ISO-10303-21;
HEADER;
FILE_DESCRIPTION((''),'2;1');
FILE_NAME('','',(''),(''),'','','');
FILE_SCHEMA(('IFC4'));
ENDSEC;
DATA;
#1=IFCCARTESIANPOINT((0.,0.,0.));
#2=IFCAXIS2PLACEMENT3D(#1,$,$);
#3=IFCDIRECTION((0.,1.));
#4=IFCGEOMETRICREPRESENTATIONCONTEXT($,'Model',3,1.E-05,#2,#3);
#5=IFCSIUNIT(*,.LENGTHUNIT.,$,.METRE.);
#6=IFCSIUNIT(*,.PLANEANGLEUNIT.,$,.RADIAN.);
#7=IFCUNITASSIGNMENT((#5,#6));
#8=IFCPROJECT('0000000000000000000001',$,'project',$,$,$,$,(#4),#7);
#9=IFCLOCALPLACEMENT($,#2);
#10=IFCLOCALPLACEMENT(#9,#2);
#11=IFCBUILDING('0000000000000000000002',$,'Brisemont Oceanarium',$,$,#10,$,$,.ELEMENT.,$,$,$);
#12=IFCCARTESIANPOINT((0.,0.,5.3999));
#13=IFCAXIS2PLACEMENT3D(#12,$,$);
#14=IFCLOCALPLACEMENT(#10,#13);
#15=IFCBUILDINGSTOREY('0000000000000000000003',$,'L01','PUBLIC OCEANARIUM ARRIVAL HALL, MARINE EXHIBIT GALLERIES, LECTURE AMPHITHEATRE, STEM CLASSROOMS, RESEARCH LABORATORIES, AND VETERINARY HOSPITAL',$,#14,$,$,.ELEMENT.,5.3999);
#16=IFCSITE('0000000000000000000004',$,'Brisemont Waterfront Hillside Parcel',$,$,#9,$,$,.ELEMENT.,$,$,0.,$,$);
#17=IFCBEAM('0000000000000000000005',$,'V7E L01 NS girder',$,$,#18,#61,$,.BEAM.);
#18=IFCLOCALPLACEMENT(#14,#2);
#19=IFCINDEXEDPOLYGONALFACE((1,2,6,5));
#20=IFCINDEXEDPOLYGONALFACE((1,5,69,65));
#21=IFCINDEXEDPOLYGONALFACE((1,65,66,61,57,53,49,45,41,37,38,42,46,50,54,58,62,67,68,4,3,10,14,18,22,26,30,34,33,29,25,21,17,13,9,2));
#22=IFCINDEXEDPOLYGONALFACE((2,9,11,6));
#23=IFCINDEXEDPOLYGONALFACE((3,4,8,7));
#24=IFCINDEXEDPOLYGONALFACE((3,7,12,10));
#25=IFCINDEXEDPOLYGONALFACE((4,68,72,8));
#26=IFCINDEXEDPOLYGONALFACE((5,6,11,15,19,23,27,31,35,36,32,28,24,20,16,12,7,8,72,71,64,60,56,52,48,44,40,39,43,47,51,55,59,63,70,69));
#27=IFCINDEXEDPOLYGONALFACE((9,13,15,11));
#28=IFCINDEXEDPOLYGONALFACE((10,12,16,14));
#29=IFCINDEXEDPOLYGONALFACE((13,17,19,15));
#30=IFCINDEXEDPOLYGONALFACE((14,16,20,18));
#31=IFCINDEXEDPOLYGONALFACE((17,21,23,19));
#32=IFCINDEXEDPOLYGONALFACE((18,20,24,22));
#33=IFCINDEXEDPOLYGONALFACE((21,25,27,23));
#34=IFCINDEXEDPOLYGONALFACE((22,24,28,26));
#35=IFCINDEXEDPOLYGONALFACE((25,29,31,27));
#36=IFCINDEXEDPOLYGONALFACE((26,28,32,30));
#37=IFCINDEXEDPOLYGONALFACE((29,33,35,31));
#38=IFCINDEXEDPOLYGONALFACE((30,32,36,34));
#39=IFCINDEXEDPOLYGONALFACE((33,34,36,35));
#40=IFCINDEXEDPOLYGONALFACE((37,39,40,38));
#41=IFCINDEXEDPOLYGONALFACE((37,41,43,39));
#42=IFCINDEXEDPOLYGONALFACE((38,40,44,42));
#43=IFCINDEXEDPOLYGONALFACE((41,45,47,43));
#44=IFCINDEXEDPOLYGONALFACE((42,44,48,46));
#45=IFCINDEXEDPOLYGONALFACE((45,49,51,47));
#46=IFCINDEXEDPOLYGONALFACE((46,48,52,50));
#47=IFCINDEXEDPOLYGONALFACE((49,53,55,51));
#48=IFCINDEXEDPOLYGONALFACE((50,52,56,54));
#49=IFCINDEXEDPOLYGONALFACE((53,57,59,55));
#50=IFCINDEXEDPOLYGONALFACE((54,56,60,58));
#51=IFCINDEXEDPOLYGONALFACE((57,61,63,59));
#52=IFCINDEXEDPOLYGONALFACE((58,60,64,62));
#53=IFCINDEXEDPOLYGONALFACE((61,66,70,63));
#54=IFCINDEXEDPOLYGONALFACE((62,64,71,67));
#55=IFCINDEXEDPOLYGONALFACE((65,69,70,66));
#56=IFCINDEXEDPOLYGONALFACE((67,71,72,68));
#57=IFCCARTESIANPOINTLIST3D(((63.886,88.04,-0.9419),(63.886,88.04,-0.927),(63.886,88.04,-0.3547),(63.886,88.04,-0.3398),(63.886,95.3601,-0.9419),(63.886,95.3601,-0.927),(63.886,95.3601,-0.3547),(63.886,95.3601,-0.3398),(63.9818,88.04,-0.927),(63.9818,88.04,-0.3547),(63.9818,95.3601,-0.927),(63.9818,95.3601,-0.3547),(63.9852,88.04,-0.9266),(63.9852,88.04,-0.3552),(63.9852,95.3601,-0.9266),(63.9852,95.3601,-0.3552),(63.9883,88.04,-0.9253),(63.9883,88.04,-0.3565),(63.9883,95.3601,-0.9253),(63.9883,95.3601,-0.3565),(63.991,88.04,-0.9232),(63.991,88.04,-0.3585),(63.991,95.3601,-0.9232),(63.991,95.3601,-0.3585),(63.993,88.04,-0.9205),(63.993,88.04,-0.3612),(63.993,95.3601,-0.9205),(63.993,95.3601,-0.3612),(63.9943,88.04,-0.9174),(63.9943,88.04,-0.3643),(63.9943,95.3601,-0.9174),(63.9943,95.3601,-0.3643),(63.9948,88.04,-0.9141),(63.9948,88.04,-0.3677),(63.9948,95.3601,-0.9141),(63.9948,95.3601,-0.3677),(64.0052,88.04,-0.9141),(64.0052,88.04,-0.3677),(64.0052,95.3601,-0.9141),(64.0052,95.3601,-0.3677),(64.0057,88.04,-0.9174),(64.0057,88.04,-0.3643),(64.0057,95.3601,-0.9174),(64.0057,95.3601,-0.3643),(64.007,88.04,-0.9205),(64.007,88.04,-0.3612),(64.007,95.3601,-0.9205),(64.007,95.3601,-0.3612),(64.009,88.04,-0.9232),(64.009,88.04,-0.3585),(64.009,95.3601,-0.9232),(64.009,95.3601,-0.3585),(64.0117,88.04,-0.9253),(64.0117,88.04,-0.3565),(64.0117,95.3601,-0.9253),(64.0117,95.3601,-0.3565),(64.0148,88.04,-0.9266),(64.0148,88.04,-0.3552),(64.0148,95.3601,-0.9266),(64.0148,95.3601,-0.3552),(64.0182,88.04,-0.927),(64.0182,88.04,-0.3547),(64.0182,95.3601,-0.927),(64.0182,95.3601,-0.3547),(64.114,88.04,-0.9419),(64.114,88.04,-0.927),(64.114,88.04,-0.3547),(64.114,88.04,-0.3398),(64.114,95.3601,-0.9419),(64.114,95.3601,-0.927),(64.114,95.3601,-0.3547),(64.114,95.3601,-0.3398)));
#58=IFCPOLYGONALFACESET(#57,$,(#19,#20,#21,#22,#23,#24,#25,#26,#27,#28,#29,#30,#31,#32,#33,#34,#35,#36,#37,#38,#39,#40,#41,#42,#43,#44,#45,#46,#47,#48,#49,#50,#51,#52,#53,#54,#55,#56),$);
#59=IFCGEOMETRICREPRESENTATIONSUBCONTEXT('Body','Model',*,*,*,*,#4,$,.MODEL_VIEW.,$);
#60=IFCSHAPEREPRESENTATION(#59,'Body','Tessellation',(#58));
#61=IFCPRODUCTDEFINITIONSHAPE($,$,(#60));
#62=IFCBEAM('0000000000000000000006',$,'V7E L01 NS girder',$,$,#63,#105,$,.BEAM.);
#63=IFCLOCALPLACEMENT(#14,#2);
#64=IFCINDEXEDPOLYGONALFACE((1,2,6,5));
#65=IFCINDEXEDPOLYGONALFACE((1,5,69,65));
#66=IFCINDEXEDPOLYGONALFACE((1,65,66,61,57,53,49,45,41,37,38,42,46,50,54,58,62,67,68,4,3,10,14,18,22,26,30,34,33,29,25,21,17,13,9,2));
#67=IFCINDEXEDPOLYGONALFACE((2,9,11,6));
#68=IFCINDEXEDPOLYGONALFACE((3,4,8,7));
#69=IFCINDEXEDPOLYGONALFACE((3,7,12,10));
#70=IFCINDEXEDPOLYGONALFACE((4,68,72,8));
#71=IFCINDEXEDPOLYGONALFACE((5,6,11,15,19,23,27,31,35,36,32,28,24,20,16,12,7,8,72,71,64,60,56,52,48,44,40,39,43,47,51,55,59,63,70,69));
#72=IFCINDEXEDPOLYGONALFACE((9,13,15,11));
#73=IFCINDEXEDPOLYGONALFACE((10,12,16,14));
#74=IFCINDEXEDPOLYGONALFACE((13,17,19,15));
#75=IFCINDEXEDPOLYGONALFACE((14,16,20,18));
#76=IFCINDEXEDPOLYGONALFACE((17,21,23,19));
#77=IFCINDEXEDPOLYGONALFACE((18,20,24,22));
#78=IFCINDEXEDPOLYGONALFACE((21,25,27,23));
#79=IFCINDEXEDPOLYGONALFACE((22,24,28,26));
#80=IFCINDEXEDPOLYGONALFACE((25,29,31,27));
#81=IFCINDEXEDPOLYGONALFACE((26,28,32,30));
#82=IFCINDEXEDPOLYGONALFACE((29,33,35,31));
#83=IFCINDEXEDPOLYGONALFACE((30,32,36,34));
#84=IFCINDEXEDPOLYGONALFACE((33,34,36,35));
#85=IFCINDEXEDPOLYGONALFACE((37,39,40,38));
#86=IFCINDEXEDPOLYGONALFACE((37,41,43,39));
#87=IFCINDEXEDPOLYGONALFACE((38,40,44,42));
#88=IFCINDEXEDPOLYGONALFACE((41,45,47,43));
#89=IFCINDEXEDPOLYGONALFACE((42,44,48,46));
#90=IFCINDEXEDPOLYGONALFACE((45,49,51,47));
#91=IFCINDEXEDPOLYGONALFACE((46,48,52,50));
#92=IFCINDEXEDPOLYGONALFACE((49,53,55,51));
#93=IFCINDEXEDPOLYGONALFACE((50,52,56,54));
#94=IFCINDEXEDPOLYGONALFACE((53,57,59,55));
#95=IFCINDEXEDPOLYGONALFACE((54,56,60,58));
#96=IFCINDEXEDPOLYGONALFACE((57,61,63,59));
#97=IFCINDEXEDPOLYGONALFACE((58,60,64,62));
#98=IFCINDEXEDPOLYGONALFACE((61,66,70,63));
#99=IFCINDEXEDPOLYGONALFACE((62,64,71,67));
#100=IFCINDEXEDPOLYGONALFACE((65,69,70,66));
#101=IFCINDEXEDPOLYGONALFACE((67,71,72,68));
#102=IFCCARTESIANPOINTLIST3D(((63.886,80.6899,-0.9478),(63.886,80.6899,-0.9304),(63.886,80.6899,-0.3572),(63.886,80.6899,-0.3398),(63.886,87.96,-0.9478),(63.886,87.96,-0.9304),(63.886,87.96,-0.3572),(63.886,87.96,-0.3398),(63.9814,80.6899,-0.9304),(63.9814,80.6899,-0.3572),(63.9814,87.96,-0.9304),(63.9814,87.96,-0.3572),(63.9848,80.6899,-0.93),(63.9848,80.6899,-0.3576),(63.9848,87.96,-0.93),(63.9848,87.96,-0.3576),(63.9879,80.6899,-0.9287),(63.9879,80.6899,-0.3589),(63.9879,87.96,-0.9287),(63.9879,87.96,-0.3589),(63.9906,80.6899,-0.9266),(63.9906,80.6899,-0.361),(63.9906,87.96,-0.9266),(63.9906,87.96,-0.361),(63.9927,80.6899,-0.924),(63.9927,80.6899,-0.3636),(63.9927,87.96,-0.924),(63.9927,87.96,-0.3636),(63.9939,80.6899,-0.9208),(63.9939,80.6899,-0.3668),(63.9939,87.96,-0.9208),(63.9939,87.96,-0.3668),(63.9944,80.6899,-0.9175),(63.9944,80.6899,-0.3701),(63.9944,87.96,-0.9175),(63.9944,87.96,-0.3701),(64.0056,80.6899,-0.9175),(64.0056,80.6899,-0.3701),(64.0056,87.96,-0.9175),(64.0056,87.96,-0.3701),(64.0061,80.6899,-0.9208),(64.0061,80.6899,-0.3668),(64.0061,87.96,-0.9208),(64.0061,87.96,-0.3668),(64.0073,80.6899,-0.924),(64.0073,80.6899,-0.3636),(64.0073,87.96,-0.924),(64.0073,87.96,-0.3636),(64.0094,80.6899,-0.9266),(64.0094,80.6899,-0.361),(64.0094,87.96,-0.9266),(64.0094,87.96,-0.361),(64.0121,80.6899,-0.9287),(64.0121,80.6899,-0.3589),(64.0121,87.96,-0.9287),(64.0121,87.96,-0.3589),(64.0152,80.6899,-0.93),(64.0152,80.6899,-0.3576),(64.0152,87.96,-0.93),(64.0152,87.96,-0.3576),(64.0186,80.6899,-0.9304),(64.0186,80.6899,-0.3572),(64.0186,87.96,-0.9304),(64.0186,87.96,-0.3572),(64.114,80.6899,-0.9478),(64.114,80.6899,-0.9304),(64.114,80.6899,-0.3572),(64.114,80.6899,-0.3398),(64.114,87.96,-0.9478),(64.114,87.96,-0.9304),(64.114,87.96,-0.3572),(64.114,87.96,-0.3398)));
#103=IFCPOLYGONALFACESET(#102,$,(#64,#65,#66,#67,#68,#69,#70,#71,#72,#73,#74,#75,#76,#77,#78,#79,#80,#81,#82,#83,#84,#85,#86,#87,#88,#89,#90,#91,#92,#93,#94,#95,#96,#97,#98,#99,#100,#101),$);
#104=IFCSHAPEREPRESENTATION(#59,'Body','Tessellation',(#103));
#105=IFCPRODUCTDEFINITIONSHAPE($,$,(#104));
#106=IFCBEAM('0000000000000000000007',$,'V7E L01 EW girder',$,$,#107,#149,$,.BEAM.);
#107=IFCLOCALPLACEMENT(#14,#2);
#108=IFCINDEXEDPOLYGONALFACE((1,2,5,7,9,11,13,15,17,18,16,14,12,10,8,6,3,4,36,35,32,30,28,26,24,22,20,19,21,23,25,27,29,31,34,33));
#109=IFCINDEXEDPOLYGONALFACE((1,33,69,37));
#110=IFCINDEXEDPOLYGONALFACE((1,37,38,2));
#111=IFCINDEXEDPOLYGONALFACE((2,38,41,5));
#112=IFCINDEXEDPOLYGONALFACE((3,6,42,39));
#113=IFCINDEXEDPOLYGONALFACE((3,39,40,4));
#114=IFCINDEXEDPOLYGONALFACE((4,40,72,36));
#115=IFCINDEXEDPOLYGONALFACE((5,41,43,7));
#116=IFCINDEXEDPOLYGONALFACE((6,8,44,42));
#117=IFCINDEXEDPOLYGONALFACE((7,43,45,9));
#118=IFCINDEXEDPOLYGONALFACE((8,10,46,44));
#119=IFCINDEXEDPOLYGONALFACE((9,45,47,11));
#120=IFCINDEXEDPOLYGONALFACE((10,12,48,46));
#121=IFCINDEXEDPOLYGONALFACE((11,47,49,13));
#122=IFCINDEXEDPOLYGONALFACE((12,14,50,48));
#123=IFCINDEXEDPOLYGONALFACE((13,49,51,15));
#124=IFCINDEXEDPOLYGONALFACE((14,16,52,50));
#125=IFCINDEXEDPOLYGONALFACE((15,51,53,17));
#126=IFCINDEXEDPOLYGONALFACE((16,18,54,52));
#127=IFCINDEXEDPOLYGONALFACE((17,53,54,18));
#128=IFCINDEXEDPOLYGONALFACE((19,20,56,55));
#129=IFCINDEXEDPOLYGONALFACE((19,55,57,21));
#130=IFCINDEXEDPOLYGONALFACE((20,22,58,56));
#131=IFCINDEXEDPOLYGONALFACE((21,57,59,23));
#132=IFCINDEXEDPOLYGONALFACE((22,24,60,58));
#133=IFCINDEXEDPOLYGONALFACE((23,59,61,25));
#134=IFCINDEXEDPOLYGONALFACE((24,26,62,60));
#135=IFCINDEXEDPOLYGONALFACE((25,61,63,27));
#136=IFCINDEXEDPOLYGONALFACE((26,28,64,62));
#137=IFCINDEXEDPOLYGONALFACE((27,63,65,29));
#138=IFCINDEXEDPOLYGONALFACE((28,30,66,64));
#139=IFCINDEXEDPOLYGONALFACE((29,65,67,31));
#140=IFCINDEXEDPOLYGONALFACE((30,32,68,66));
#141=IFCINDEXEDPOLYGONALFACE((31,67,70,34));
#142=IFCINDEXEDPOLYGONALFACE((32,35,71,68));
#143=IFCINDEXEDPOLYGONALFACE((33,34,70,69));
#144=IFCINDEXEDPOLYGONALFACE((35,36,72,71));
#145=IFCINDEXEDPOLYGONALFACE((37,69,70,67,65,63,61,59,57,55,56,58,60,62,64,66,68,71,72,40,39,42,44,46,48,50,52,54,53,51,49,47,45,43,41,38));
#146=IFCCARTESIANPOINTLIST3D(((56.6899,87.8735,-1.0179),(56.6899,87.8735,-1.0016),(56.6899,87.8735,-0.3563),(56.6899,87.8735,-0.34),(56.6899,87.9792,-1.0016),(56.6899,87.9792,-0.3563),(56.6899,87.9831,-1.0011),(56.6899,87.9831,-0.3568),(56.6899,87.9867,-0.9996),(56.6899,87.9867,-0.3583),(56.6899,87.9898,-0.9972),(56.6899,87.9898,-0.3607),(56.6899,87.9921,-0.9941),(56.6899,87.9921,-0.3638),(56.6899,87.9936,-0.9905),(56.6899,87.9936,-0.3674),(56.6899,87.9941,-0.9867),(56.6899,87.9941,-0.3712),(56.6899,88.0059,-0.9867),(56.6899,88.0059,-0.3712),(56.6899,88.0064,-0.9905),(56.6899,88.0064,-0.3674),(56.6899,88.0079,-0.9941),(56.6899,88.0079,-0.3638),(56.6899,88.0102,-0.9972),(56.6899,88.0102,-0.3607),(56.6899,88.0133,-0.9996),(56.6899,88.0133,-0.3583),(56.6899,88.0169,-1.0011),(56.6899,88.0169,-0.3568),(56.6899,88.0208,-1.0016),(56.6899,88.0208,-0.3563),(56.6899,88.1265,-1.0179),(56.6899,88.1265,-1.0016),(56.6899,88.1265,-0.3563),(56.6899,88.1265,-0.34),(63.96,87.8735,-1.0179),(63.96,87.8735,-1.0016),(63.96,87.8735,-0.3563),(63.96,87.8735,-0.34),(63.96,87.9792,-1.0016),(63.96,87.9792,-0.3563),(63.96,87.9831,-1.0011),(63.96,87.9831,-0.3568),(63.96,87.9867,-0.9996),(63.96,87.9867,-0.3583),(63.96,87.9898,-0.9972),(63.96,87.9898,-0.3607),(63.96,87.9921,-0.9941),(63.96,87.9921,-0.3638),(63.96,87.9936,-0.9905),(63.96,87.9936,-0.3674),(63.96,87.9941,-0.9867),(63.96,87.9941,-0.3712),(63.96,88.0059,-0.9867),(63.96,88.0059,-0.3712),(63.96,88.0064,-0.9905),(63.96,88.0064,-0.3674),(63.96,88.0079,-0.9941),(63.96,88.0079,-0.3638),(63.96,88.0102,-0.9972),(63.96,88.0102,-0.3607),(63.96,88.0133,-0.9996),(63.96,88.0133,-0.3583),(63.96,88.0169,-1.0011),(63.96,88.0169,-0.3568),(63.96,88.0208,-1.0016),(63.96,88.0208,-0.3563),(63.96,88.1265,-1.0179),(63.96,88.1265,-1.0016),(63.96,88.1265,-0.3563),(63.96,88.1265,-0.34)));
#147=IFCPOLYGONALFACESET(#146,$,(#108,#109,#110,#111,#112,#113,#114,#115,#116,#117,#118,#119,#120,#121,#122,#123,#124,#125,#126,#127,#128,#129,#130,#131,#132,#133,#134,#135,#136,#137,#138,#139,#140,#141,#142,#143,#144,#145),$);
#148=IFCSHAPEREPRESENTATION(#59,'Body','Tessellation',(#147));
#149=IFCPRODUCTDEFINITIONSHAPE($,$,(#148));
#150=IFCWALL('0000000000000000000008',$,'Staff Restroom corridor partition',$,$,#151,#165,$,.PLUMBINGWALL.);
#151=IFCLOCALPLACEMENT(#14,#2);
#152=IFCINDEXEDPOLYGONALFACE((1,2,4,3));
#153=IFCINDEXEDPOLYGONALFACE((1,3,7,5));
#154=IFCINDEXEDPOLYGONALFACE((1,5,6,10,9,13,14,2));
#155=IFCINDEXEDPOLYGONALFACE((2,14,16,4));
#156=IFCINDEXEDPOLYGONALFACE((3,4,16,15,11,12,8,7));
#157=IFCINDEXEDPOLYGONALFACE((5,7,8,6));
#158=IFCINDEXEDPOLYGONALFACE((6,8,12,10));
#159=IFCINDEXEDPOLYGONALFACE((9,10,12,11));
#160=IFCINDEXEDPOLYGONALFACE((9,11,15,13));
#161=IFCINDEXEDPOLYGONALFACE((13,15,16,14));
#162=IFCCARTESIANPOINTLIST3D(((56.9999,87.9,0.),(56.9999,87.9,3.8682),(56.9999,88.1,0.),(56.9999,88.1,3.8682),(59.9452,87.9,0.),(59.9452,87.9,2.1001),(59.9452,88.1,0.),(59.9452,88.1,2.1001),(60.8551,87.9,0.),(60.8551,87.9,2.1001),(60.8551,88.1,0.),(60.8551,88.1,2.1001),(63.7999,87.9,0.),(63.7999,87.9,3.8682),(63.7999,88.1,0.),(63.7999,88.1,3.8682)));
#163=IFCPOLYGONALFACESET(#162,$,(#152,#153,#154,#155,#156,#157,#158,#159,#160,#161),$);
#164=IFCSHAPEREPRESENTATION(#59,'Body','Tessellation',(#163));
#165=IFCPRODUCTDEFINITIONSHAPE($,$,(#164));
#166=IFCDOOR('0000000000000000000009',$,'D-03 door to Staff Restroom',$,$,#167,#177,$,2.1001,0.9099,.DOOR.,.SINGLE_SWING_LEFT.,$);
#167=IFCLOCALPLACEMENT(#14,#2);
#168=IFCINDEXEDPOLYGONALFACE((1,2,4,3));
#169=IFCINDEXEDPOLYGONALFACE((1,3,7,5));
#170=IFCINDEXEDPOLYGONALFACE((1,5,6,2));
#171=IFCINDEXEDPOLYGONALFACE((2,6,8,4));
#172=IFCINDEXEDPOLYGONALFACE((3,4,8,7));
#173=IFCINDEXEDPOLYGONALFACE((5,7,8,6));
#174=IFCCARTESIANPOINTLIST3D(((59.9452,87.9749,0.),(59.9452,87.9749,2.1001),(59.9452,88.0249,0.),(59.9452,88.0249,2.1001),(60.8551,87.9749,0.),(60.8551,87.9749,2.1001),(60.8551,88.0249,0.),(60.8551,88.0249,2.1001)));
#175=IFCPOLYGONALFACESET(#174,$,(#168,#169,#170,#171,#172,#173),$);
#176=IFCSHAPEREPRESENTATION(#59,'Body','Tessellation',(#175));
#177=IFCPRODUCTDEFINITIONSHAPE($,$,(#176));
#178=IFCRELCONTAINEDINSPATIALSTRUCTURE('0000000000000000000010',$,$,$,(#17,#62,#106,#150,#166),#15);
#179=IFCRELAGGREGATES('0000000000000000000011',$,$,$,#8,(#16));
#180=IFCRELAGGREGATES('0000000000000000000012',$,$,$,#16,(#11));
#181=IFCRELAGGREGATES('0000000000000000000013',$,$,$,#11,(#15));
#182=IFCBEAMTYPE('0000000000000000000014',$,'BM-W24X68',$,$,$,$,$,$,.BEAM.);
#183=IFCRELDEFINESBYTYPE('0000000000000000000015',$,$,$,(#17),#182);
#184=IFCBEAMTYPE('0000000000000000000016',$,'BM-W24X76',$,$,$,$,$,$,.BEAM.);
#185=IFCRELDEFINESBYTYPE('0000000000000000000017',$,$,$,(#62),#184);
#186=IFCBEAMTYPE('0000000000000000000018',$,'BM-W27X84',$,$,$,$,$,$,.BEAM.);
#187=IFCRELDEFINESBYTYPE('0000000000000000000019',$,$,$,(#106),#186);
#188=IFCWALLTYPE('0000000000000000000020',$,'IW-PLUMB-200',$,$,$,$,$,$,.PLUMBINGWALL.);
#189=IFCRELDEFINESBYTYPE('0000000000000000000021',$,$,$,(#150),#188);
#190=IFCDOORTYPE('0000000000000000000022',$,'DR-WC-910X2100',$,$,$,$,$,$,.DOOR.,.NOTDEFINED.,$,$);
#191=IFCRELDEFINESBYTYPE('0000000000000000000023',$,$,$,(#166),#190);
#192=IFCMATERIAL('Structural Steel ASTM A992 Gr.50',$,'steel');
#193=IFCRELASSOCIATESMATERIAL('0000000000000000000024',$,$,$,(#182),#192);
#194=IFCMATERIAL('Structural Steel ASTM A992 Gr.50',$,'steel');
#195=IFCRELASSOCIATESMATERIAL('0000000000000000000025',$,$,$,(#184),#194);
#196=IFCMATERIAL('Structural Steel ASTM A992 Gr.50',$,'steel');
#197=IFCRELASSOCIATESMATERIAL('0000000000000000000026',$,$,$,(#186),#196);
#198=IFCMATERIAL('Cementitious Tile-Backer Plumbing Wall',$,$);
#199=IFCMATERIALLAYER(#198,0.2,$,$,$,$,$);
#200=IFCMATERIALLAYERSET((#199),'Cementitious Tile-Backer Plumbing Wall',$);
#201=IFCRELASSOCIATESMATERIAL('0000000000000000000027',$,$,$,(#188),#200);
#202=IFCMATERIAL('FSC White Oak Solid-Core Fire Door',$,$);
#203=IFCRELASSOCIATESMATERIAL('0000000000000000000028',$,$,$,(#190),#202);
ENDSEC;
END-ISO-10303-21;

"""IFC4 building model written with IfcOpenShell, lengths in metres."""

from ifc_helpers import new_model, si_unit, direction, frame, frame_2d, origin, origin_2d, place, context, subcontext, project, spatial, rectangle, i_section, extrude, material, layer, layer_set, material_profile, profile_set, type_object, element, fill, save


model = new_model("IFC4")

# Units and contexts
model_context = context("Model", 3, precision=1e-05, world=origin(), true_north=direction((0.0, 1.0)))
body_context = subcontext(model_context, "Body", "Model", "MODEL_VIEW")
ifc_project = project(units=[si_unit("LENGTHUNIT", "METRE"), si_unit("PLANEANGLEUNIT", "RADIAN")], contexts=[model_context])

# Site, building, storey
site_placement = place(None, origin())
site = spatial("IfcSite", under=ifc_project, at=site_placement, Name="Brisemont Waterfront Hillside Parcel", CompositionType="ELEMENT", RefElevation=0.0)
building_placement = place(site_placement, origin())
building = spatial("IfcBuilding", under=site, at=building_placement, Name="Brisemont Oceanarium", CompositionType="ELEMENT")
storey_placement = place(building_placement, frame((0.0, 0.0, 5.3999)))
storey = spatial("IfcBuildingStorey", under=building, at=storey_placement, Name="L01", Description="PUBLIC OCEANARIUM ARRIVAL HALL, MARINE EXHIBIT GALLERIES, LECTURE AMPHITHEATRE, STEM CLASSROOMS, RESEARCH LABORATORIES, AND VETERINARY HOSPITAL", CompositionType="ELEMENT", Elevation=5.3999)

# Beams
ifc_material_1 = material(Name="Structural Steel ASTM A992 Gr.50", Category="steel")
ifc_material_profile_1 = material_profile(ifc_material_1, i_section(OverallWidth=0.228, OverallDepth=0.6021, WebThickness=0.0105, FlangeThickness=0.0149, FilletRadius=0.0129, at=origin_2d()), Name="W24X68")
ifc_profile_set_1 = profile_set([ifc_material_profile_1], Name="Structural Steel ASTM A992 Gr.50")
beam_type_1 = type_object("IfcBeamType", Name="BM-W24X68", PredefinedType="BEAM", material=ifc_profile_set_1)
beam_1_placement = place(storey_placement, frame((64.0, 88.04, -0.6409), z_axis=(0.0, 1.0, 0.0), x_axis=(-1.0, 0.0, 0.0)))
element("IfcBeam", 1, at=beam_1_placement, inside=storey, type_object=beam_type_1, Name="V7E L01 NS girder", PredefinedType="BEAM", context=body_context, shape_type="SweptSolid", body=[
    extrude(i_section(OverallWidth=0.228, OverallDepth=0.6021, WebThickness=0.0105, FlangeThickness=0.0149, FilletRadius=0.0129, at=origin_2d()), origin(), (0.0, 0.0, 1.0), 7.3201),
])
ifc_material_2 = material(Name="Structural Steel ASTM A992 Gr.50", Category="steel")
ifc_material_profile_2 = material_profile(ifc_material_2, i_section(OverallWidth=0.228, OverallDepth=0.6079, WebThickness=0.0112, FlangeThickness=0.0173, FilletRadius=0.0129, at=origin_2d()), Name="W24X76")
ifc_profile_set_2 = profile_set([ifc_material_profile_2], Name="Structural Steel ASTM A992 Gr.50")
beam_type_2 = type_object("IfcBeamType", Name="BM-W24X76", PredefinedType="BEAM", material=ifc_profile_set_2)
beam_2_placement = place(storey_placement, frame((64.0, 80.6899, -0.6438), z_axis=(0.0, 1.0, 0.0), x_axis=(-1.0, 0.0, 0.0)))
element("IfcBeam", 2, at=beam_2_placement, inside=storey, type_object=beam_type_2, Name="V7E L01 NS girder", PredefinedType="BEAM", context=body_context, shape_type="SweptSolid", body=[
    extrude(i_section(OverallWidth=0.228, OverallDepth=0.6079, WebThickness=0.0112, FlangeThickness=0.0173, FilletRadius=0.0129, at=origin_2d()), origin(), (0.0, 0.0, 1.0), 7.27),
])
ifc_material_3 = material(Name="Structural Steel ASTM A992 Gr.50", Category="steel")
ifc_material_profile_3 = material_profile(ifc_material_3, i_section(OverallWidth=0.2529, OverallDepth=0.678, WebThickness=0.0117, FlangeThickness=0.0164, FilletRadius=0.0149, at=origin_2d()), Name="W27X84")
ifc_profile_set_3 = profile_set([ifc_material_profile_3], Name="Structural Steel ASTM A992 Gr.50")
beam_type_3 = type_object("IfcBeamType", Name="BM-W27X84", PredefinedType="BEAM", material=ifc_profile_set_3)
beam_3_placement = place(storey_placement, frame((56.6899, 88.0, -0.679), z_axis=(1.0, 0.0, 0.0), x_axis=(0.0, 1.0, 0.0)))
element("IfcBeam", 3, at=beam_3_placement, inside=storey, type_object=beam_type_3, Name="V7E L01 EW girder", PredefinedType="BEAM", context=body_context, shape_type="SweptSolid", body=[
    extrude(i_section(OverallWidth=0.2529, OverallDepth=0.678, WebThickness=0.0117, FlangeThickness=0.0164, FilletRadius=0.0149, at=origin_2d()), origin(), (0.0, 0.0, 1.0), 7.27),
])

# Wall, opening, door
ifc_material_4 = material(Name="Cementitious Tile-Backer Plumbing Wall")
ifc_layer_1 = layer(ifc_material_4, 0.2)
ifc_layer_set_1 = layer_set([ifc_layer_1], Name="Cementitious Tile-Backer Plumbing Wall")
wall_type_1 = type_object("IfcWallType", Name="IW-PLUMB-200", PredefinedType="PLUMBINGWALL", material=ifc_layer_set_1)
wall_1_placement = place(storey_placement, frame((57.0, 88.0, 0.0), z_axis=(0.0, 0.0, 1.0), x_axis=(1.0, 0.0, 0.0)))
wall_1 = element("IfcWall", 4, at=wall_1_placement, inside=storey, type_object=wall_type_1, Name="Staff Restroom corridor partition", PredefinedType="PLUMBINGWALL", context=body_context, shape_type="SweptSolid", body=[
    extrude(rectangle(XDim=6.8, YDim=0.2, at=frame_2d((3.3999, 0.0))), origin(), (0.0, 0.0, 1.0), 3.8682),
])
opening_1_placement = place(wall_1_placement, frame((2.9451, 0.0, 0.0)))
opening_1 = element("IfcOpeningElement", 5, at=opening_1_placement, cuts=wall_1, PredefinedType="OPENING", context=body_context, shape_type="SweptSolid", body=[
    extrude(rectangle(XDim=0.9099, YDim=2.1001, at=frame_2d((0.4551, 1.05))), frame((0.0, 0.1099, 0.0), z_axis=(0.0, -1.0, 0.0), x_axis=(1.0, 0.0, 0.0)), (0.0, 0.0, 1.0), 0.22),
])
ifc_material_5 = material(Name="FSC White Oak Solid-Core Fire Door")
door_type_1 = type_object("IfcDoorType", Name="DR-WC-910X2100", OperationType="NOTDEFINED", PredefinedType="DOOR", material=ifc_material_5)
door_1_placement = place(opening_1_placement, origin())
door_1 = element("IfcDoor", 6, at=door_1_placement, inside=storey, type_object=door_type_1, Name="D-03 door to Staff Restroom", OperationType="SINGLE_SWING_LEFT", OverallHeight=2.1001, OverallWidth=0.9099, PredefinedType="DOOR", context=body_context, shape_type="SweptSolid", body=[
    extrude(rectangle(XDim=0.9099, YDim=2.1001, at=frame_2d((0.4551, 1.05))), frame((0.0, 0.0249, 0.0), z_axis=(0.0, -1.0, 0.0), x_axis=(1.0, 0.0, 0.0)), (0.0, 0.0, 1.0), 0.05),
])
fill(opening_1, door_1)

save(model, "model.ifc")
